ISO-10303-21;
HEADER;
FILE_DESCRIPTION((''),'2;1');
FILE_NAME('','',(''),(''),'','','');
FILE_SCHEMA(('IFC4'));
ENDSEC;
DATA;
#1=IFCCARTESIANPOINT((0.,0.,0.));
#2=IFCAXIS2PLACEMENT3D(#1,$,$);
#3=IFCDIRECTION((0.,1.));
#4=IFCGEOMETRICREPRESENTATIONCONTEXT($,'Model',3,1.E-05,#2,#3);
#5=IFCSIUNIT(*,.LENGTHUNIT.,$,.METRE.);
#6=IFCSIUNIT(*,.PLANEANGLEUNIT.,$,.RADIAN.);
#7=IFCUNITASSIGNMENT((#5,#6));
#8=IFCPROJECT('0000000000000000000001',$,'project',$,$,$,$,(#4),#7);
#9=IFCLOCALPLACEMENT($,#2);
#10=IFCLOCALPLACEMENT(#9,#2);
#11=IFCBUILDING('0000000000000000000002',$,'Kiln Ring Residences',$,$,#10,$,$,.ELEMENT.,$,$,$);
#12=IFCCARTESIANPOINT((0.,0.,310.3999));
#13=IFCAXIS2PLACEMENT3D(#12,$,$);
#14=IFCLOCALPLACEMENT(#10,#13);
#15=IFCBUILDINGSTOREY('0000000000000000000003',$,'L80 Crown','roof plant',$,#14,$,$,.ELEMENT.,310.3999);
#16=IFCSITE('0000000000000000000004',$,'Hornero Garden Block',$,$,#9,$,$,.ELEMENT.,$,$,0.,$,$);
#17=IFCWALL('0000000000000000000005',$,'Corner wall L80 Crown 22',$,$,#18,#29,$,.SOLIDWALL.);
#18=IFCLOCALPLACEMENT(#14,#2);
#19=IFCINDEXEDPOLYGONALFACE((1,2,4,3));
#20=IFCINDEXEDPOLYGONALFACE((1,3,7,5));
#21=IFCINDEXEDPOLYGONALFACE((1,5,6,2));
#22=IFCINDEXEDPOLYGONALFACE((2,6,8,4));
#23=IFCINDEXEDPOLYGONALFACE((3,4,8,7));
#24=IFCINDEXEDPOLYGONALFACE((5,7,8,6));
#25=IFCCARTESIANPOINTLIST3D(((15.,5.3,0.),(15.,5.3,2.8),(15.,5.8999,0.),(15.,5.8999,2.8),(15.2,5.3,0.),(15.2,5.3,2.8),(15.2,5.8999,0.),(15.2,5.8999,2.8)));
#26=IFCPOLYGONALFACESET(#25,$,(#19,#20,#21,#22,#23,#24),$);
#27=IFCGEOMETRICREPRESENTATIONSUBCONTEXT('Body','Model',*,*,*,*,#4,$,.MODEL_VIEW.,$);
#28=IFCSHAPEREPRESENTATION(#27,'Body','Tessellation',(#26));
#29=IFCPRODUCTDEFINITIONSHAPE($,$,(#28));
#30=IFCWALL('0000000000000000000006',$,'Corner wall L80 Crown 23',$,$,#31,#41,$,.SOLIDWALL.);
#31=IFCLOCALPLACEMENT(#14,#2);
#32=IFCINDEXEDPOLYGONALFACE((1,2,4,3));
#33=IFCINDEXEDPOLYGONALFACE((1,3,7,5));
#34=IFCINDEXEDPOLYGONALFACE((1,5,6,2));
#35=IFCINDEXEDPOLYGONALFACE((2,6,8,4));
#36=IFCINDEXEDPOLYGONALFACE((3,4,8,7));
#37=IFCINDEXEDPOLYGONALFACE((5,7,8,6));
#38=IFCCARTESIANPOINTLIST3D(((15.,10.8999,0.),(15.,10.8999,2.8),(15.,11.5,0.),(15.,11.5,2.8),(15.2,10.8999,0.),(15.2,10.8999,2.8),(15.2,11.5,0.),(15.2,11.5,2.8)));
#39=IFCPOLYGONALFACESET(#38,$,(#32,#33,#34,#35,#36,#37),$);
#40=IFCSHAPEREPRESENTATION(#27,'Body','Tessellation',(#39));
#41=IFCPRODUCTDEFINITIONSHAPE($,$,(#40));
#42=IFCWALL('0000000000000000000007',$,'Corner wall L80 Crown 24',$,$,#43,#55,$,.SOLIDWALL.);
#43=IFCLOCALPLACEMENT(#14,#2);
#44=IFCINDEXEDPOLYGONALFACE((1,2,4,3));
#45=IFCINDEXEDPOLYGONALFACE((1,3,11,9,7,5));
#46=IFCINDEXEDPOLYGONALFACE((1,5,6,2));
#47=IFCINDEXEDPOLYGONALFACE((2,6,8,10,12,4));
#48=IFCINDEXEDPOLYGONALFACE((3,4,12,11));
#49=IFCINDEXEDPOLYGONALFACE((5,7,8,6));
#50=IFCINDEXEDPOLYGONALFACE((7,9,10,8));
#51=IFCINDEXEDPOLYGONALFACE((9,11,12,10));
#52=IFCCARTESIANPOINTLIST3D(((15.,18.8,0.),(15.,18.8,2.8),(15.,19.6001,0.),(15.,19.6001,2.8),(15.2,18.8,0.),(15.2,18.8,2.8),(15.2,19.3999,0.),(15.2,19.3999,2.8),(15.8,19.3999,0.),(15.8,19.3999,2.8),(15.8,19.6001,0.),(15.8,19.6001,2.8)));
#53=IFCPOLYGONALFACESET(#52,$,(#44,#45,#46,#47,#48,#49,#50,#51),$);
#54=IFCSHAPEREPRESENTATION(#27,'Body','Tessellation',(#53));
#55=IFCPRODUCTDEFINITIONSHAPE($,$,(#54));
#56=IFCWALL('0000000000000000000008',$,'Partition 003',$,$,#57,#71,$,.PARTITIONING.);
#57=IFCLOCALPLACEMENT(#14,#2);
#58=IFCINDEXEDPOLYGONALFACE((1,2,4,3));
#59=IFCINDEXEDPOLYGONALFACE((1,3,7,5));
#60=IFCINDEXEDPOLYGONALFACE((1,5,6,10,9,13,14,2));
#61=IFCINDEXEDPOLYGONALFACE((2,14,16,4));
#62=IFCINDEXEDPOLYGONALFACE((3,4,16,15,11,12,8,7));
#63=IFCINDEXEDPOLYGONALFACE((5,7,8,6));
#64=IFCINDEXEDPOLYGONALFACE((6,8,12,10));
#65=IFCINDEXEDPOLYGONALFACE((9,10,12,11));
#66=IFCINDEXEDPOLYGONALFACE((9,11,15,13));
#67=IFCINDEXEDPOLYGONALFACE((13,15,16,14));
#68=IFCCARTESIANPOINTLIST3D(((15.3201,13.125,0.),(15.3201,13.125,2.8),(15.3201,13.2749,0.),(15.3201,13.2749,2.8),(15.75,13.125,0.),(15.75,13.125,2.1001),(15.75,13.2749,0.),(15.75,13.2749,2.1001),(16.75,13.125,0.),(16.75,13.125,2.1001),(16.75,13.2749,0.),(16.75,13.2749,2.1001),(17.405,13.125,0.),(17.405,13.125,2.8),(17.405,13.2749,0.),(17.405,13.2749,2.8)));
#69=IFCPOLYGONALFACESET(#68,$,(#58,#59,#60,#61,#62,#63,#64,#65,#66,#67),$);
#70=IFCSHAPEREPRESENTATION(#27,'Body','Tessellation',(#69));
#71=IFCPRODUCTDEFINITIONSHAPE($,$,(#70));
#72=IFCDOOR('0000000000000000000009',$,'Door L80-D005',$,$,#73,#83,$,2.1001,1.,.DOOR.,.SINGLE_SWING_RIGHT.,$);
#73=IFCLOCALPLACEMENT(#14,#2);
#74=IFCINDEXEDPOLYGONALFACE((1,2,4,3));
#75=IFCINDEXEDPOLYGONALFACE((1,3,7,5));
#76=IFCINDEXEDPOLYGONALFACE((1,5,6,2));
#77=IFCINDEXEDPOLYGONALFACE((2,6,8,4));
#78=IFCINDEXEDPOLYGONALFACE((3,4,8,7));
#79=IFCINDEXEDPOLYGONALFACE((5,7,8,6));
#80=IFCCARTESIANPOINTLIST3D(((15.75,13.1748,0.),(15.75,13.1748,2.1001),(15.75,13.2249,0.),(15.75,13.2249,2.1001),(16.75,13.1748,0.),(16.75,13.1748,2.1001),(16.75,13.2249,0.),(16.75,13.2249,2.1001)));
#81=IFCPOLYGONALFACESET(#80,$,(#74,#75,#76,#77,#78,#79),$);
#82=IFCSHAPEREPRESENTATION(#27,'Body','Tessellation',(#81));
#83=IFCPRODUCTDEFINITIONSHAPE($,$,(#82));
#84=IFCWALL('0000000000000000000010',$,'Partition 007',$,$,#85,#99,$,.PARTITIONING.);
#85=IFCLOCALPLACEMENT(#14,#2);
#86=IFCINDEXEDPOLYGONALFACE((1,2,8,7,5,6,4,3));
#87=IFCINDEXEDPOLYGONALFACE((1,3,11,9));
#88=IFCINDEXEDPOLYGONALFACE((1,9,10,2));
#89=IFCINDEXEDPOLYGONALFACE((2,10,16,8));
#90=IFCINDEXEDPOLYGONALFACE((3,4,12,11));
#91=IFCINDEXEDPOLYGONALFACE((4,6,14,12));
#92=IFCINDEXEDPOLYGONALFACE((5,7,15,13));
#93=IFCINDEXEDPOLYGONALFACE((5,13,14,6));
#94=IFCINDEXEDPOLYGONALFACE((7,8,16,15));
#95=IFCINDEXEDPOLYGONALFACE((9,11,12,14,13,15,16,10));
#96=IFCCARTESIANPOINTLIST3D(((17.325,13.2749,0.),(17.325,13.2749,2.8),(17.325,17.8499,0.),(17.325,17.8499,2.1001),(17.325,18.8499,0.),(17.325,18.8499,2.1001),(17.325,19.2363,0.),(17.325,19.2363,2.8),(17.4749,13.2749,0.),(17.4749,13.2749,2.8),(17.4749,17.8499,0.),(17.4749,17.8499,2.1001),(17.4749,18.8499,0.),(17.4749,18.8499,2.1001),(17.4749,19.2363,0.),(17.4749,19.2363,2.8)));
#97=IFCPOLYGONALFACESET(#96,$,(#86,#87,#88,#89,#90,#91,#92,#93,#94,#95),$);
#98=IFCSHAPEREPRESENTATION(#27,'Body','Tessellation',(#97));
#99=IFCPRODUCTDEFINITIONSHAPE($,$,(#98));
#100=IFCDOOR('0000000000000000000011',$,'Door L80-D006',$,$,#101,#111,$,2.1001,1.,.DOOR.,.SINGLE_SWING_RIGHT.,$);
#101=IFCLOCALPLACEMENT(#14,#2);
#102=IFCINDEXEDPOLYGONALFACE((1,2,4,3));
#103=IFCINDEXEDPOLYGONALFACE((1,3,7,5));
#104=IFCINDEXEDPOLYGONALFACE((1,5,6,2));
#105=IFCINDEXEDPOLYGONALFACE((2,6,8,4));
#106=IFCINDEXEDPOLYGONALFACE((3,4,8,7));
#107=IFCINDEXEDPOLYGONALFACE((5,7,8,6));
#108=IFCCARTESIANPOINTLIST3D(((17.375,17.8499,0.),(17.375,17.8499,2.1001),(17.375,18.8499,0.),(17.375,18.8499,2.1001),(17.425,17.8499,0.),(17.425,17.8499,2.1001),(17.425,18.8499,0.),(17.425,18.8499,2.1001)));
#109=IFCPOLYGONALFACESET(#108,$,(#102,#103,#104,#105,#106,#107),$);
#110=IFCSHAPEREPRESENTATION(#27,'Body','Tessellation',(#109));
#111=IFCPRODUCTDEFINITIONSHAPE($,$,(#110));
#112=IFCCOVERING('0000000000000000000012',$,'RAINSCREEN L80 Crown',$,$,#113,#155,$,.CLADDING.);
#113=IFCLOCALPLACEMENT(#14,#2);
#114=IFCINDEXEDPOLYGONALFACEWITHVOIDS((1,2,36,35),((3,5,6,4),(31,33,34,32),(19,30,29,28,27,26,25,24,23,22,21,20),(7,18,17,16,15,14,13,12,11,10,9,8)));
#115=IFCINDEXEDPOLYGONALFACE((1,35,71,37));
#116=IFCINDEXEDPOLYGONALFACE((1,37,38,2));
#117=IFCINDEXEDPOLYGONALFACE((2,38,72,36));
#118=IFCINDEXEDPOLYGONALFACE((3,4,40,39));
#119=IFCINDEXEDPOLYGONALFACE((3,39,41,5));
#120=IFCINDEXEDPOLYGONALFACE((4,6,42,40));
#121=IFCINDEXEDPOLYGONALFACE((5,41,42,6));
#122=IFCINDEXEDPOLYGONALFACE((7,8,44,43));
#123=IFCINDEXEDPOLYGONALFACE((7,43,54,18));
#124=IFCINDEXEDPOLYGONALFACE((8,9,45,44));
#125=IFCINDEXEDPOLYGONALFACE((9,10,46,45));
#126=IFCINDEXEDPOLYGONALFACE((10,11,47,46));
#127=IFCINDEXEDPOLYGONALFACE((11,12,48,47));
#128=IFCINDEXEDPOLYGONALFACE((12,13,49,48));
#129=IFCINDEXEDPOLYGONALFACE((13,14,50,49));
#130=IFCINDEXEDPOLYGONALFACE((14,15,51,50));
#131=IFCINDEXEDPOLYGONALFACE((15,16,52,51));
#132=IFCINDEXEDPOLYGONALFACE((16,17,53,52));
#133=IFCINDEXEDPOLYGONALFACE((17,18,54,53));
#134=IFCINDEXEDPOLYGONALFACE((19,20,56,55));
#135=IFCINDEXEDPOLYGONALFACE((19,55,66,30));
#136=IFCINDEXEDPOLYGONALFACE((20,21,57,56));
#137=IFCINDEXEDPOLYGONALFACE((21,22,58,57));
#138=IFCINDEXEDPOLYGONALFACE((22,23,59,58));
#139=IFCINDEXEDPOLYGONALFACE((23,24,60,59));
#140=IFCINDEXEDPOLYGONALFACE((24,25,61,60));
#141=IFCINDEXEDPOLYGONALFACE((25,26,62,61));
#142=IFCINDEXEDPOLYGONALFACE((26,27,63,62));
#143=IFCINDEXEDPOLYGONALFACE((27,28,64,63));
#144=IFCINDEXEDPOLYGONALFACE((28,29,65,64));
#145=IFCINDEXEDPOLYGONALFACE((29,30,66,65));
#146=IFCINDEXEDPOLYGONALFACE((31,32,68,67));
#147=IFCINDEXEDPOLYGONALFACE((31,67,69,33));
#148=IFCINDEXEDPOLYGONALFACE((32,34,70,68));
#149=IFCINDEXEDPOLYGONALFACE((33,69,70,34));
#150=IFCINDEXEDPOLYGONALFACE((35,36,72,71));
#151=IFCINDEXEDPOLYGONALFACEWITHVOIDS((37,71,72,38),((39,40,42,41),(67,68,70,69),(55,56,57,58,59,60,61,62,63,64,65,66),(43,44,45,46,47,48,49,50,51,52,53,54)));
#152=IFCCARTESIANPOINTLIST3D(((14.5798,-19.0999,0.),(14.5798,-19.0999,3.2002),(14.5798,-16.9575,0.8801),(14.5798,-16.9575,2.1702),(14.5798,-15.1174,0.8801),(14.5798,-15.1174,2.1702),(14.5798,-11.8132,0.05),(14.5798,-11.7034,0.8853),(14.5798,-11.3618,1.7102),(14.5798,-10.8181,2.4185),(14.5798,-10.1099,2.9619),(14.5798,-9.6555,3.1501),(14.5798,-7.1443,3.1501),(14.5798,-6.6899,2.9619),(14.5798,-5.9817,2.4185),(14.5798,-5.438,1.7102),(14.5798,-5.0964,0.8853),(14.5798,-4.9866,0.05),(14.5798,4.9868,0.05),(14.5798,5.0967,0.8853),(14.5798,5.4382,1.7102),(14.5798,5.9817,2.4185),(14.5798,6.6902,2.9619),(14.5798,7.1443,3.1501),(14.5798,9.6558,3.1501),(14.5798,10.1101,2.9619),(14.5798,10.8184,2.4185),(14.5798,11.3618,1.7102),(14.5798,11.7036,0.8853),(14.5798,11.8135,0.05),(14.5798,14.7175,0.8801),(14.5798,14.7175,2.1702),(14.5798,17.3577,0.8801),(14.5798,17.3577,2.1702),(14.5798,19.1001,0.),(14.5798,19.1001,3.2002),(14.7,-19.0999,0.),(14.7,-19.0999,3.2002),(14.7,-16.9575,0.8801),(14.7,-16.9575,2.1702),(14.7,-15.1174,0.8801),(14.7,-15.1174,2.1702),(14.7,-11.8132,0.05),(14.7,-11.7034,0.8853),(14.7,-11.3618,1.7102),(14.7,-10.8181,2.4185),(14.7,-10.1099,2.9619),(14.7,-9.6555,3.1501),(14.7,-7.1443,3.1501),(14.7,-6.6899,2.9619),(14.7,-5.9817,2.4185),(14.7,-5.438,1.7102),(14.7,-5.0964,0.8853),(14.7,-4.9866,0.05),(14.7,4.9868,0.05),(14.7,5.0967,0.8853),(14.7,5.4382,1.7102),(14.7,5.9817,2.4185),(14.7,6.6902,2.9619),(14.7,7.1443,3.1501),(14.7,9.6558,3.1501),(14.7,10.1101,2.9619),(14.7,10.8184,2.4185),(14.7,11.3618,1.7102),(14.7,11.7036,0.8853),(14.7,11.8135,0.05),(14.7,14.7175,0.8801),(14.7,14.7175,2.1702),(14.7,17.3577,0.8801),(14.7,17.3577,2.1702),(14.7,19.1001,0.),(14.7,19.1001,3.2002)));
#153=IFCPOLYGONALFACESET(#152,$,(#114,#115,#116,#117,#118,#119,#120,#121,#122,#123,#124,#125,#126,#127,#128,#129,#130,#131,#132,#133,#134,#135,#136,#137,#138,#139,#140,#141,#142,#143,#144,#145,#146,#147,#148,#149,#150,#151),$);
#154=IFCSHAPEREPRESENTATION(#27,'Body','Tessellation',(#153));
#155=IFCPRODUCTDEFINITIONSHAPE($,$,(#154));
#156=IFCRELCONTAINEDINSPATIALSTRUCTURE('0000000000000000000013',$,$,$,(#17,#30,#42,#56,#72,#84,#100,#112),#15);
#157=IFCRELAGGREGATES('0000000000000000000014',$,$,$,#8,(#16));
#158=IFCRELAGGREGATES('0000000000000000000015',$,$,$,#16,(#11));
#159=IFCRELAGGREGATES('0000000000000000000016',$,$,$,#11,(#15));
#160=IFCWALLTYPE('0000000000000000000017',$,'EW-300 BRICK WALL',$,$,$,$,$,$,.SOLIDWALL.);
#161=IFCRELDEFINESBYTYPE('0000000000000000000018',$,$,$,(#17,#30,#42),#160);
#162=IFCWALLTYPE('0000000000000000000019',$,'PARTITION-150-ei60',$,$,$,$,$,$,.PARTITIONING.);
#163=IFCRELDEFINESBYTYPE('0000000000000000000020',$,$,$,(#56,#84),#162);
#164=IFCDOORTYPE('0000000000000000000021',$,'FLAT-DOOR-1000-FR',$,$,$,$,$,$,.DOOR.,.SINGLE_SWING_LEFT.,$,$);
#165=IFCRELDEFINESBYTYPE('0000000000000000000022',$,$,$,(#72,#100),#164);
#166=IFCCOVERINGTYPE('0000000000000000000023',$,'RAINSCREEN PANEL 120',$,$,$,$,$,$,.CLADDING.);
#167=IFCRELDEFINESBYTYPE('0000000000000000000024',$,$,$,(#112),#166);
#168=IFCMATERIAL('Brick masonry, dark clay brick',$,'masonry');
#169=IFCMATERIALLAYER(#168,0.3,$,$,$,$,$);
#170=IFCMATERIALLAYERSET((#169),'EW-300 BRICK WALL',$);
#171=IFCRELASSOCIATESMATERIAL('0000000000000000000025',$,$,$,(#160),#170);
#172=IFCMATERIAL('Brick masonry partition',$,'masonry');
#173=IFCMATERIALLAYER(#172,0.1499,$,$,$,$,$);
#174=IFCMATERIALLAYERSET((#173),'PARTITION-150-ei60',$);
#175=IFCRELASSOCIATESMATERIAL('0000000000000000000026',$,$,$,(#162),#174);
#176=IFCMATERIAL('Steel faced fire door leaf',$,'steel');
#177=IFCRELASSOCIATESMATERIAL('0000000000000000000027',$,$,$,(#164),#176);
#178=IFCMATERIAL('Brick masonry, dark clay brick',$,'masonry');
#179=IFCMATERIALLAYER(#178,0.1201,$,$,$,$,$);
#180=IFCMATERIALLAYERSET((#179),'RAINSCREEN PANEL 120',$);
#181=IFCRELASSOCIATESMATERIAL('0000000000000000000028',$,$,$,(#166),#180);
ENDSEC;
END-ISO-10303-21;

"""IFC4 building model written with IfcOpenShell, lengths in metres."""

from ifc_helpers import new_model, si_unit, direction, frame, frame_2d, origin, place, context, subcontext, project, spatial, polyline, rectangle, outline, extrude, material, layer, layer_set, type_object, element, fill, save


model = new_model("IFC4")

# Units and contexts
model_context = context("Model", 3, precision=1e-05, world=origin(), true_north=direction((0.0, 1.0)))
body_context = subcontext(model_context, "Body", "Model", "MODEL_VIEW")
ifc_project = project(units=[si_unit("LENGTHUNIT", "METRE"), si_unit("PLANEANGLEUNIT", "RADIAN")], contexts=[model_context])

# Site, building, storey
site_placement = place(None, origin())
site = spatial("IfcSite", under=ifc_project, at=site_placement, Name="Hornero Garden Block", CompositionType="ELEMENT", RefElevation=0.0)
building_placement = place(site_placement, origin())
building = spatial("IfcBuilding", under=site, at=building_placement, Name="Kiln Ring Residences", CompositionType="ELEMENT")
storey_placement = place(building_placement, frame((0.0, 0.0, 310.3999)))
storey = spatial("IfcBuildingStorey", under=building, at=storey_placement, Name="L80 Crown", Description="roof plant", CompositionType="ELEMENT", Elevation=310.3999)

# Shared definitions
ifc_material_1 = material(Name="Brick masonry, dark clay brick", Category="masonry")
ifc_layer_1 = layer(ifc_material_1, 0.3)
ifc_layer_set_1 = layer_set([ifc_layer_1], Name="EW-300 BRICK WALL")
wall_type_1 = type_object("IfcWallType", Name="EW-300 BRICK WALL", PredefinedType="SOLIDWALL", material=ifc_layer_set_1)

# Walls
placement = place(storey_placement, origin())
element("IfcWall", 1, at=placement, inside=storey, type_object=wall_type_1, Name="Corner wall L80 Crown 22", PredefinedType="SOLIDWALL", context=body_context, shape_type="SweptSolid", body=[
    extrude(outline(polyline([(15.3, 5.8999), (15.0, 5.8999), (15.0, 5.3), (15.3, 5.3), (15.2, 5.3), (15.2, 5.8999), (15.3, 5.8999)])), origin(), (0.0, 0.0, 1.0), 2.8),
])
element("IfcWall", 2, at=placement, inside=storey, type_object=wall_type_1, Name="Corner wall L80 Crown 23", PredefinedType="SOLIDWALL", context=body_context, shape_type="SweptSolid", body=[
    extrude(outline(polyline([(15.2, 11.5), (15.0, 11.5), (15.0, 10.8999), (15.2, 10.8999), (15.2, 11.5)])), origin(), (0.0, 0.0, 1.0), 2.8),
])
element("IfcWall", 3, at=placement, inside=storey, type_object=wall_type_1, Name="Corner wall L80 Crown 24", PredefinedType="SOLIDWALL", context=body_context, shape_type="SweptSolid", body=[
    extrude(outline(polyline([(15.8, 19.6001), (15.0, 19.6001), (15.0, 18.8), (15.2, 18.8), (15.2, 19.3999), (15.8, 19.3999), (15.8, 19.6001)])), origin(), (0.0, 0.0, 1.0), 2.8),
])

# Walls, openings, doors
ifc_material_2 = material(Name="Brick masonry partition", Category="masonry")
ifc_layer_2 = layer(ifc_material_2, 0.1499)
ifc_layer_set_2 = layer_set([ifc_layer_2], Name="PARTITION-150-ei60")
wall_type_2 = type_object("IfcWallType", Name="PARTITION-150-ei60", PredefinedType="PARTITIONING", material=ifc_layer_set_2)
wall_1_placement = place(storey_placement, frame((15.3201, 13.2, 0.0), z_axis=(0.0, 0.0, 1.0), x_axis=(1.0, 0.0, 0.0)))
wall_1 = element("IfcWall", 4, at=wall_1_placement, inside=storey, type_object=wall_type_2, Name="Partition 003", PredefinedType="PARTITIONING", context=body_context, shape_type="SweptSolid", body=[
    extrude(rectangle(XDim=2.085, YDim=0.1499, at=frame_2d((1.0425, 0.0))), origin(), (0.0, 0.0, 1.0), 2.8),
])
opening_1_placement = place(wall_1_placement, frame((0.4299, 0.0, 0.0)))
opening_1 = element("IfcOpeningElement", 5, at=opening_1_placement, cuts=wall_1, PredefinedType="OPENING", context=body_context, shape_type="SweptSolid", body=[
    extrude(rectangle(XDim=1.0, YDim=2.1001, at=frame_2d((0.5, 1.05))), frame((0.0, 0.085, 0.0), z_axis=(0.0, -1.0, 0.0), x_axis=(1.0, 0.0, 0.0)), (0.0, 0.0, 1.0), 0.1699),
])
ifc_material_3 = material(Name="Steel faced fire door leaf", Category="steel")
door_type_1 = type_object("IfcDoorType", Name="FLAT-DOOR-1000-FR", OperationType="SINGLE_SWING_LEFT", PredefinedType="DOOR", material=ifc_material_3)
door_1_placement = place(opening_1_placement, origin())
door_1 = element("IfcDoor", 6, at=door_1_placement, inside=storey, type_object=door_type_1, Name="Door L80-D005", OperationType="SINGLE_SWING_RIGHT", OverallHeight=2.1001, OverallWidth=1.0, PredefinedType="DOOR", context=body_context, shape_type="SweptSolid", body=[
    extrude(rectangle(XDim=1.0, YDim=2.1001, at=frame_2d((0.5, 1.05))), frame((0.0, 0.0249, 0.0), z_axis=(0.0, -1.0, 0.0), x_axis=(1.0, 0.0, 0.0)), (0.0, 0.0, 1.0), 0.05),
])
fill(opening_1, door_1)
wall_2_placement = place(storey_placement, frame((17.3999, 13.2749, 0.0), z_axis=(0.0, 0.0, 1.0), x_axis=(0.0, 1.0, 0.0)))
wall_2 = element("IfcWall", 7, at=wall_2_placement, inside=storey, type_object=wall_type_2, Name="Partition 007", PredefinedType="PARTITIONING", context=body_context, shape_type="SweptSolid", body=[
    extrude(rectangle(XDim=5.9614, YDim=0.1499, at=frame_2d((2.9807, 0.0))), origin(), (0.0, 0.0, 1.0), 2.8),
])
opening_2_placement = place(wall_2_placement, frame((4.575, 0.0, 0.0)))
opening_2 = element("IfcOpeningElement", 8, at=opening_2_placement, cuts=wall_2, PredefinedType="OPENING", context=body_context, shape_type="SweptSolid", body=[
    extrude(rectangle(XDim=1.0, YDim=2.1001, at=frame_2d((0.5, 1.05))), frame((0.0, 0.085, 0.0), z_axis=(0.0, -1.0, 0.0), x_axis=(1.0, 0.0, 0.0)), (0.0, 0.0, 1.0), 0.1699),
])
door_2_placement = place(opening_2_placement, origin())
door_2 = element("IfcDoor", 9, at=door_2_placement, inside=storey, type_object=door_type_1, Name="Door L80-D006", OperationType="SINGLE_SWING_RIGHT", OverallHeight=2.1001, OverallWidth=1.0, PredefinedType="DOOR", context=body_context, shape_type="SweptSolid", body=[
    extrude(rectangle(XDim=1.0, YDim=2.1001, at=frame_2d((0.5, 1.05))), frame((0.0, 0.0249, 0.0), z_axis=(0.0, -1.0, 0.0), x_axis=(1.0, 0.0, 0.0)), (0.0, 0.0, 1.0), 0.05),
])
fill(opening_2, door_2)

# Covering
ifc_material_4 = material(Name="Brick masonry, dark clay brick", Category="masonry")
ifc_layer_3 = layer(ifc_material_4, 0.1201)
ifc_layer_set_3 = layer_set([ifc_layer_3], Name="RAINSCREEN PANEL 120")
covering_type = type_object("IfcCoveringType", Name="RAINSCREEN PANEL 120", PredefinedType="CLADDING", material=ifc_layer_set_3)
covering_placement = place(storey_placement, frame((14.6399, 19.1001, 0.0), z_axis=(0.0, 0.0, 1.0), x_axis=(0.0, -1.0, 0.0)))
element("IfcCovering", 10, at=covering_placement, inside=storey, type_object=covering_type, Name="RAINSCREEN L80 Crown", PredefinedType="CLADDING", context=body_context, shape_type="SweptSolid", body=[
    extrude(outline(polyline([(0.0, 0.0), (38.2, 0.0), (38.2, 3.2002), (0.0, 3.2002), (0.0, 0.0)]), holes=[polyline([(7.3965, 0.8853), (7.2866, 0.05), (14.1133, 0.05), (14.0034, 0.8853), (13.6619, 1.7102), (13.1184, 2.4185), (12.4099, 2.9619), (11.9558, 3.1501), (9.4443, 3.1501), (8.99, 2.9619), (8.2817, 2.4185), (7.7383, 1.7102), (7.3965, 0.8853)]), polyline([(24.1965, 0.8853), (24.0867, 0.05), (30.9133, 0.05), (30.8035, 0.8853), (30.4619, 1.7102), (29.9182, 2.4185), (29.21, 2.9619), (28.7556, 3.1501), (26.2444, 3.1501), (25.79, 2.9619), (25.0818, 2.4185), (24.5381, 1.7102), (24.1965, 0.8853)]), polyline([(4.3826, 0.8801), (4.3826, 2.1702), (1.7424, 2.1702), (1.7424, 0.8801), (4.3826, 0.8801)]), polyline([(34.2175, 0.8801), (36.0576, 0.8801), (36.0576, 2.1702), (34.2175, 2.1702), (34.2175, 0.8801)])]), frame((0.0, 0.0601, 0.0), z_axis=(0.0, -1.0, 0.0), x_axis=(1.0, 0.0, 0.0)), (0.0, 0.0, 1.0), 0.1201),
])

save(model, "model.ifc")
